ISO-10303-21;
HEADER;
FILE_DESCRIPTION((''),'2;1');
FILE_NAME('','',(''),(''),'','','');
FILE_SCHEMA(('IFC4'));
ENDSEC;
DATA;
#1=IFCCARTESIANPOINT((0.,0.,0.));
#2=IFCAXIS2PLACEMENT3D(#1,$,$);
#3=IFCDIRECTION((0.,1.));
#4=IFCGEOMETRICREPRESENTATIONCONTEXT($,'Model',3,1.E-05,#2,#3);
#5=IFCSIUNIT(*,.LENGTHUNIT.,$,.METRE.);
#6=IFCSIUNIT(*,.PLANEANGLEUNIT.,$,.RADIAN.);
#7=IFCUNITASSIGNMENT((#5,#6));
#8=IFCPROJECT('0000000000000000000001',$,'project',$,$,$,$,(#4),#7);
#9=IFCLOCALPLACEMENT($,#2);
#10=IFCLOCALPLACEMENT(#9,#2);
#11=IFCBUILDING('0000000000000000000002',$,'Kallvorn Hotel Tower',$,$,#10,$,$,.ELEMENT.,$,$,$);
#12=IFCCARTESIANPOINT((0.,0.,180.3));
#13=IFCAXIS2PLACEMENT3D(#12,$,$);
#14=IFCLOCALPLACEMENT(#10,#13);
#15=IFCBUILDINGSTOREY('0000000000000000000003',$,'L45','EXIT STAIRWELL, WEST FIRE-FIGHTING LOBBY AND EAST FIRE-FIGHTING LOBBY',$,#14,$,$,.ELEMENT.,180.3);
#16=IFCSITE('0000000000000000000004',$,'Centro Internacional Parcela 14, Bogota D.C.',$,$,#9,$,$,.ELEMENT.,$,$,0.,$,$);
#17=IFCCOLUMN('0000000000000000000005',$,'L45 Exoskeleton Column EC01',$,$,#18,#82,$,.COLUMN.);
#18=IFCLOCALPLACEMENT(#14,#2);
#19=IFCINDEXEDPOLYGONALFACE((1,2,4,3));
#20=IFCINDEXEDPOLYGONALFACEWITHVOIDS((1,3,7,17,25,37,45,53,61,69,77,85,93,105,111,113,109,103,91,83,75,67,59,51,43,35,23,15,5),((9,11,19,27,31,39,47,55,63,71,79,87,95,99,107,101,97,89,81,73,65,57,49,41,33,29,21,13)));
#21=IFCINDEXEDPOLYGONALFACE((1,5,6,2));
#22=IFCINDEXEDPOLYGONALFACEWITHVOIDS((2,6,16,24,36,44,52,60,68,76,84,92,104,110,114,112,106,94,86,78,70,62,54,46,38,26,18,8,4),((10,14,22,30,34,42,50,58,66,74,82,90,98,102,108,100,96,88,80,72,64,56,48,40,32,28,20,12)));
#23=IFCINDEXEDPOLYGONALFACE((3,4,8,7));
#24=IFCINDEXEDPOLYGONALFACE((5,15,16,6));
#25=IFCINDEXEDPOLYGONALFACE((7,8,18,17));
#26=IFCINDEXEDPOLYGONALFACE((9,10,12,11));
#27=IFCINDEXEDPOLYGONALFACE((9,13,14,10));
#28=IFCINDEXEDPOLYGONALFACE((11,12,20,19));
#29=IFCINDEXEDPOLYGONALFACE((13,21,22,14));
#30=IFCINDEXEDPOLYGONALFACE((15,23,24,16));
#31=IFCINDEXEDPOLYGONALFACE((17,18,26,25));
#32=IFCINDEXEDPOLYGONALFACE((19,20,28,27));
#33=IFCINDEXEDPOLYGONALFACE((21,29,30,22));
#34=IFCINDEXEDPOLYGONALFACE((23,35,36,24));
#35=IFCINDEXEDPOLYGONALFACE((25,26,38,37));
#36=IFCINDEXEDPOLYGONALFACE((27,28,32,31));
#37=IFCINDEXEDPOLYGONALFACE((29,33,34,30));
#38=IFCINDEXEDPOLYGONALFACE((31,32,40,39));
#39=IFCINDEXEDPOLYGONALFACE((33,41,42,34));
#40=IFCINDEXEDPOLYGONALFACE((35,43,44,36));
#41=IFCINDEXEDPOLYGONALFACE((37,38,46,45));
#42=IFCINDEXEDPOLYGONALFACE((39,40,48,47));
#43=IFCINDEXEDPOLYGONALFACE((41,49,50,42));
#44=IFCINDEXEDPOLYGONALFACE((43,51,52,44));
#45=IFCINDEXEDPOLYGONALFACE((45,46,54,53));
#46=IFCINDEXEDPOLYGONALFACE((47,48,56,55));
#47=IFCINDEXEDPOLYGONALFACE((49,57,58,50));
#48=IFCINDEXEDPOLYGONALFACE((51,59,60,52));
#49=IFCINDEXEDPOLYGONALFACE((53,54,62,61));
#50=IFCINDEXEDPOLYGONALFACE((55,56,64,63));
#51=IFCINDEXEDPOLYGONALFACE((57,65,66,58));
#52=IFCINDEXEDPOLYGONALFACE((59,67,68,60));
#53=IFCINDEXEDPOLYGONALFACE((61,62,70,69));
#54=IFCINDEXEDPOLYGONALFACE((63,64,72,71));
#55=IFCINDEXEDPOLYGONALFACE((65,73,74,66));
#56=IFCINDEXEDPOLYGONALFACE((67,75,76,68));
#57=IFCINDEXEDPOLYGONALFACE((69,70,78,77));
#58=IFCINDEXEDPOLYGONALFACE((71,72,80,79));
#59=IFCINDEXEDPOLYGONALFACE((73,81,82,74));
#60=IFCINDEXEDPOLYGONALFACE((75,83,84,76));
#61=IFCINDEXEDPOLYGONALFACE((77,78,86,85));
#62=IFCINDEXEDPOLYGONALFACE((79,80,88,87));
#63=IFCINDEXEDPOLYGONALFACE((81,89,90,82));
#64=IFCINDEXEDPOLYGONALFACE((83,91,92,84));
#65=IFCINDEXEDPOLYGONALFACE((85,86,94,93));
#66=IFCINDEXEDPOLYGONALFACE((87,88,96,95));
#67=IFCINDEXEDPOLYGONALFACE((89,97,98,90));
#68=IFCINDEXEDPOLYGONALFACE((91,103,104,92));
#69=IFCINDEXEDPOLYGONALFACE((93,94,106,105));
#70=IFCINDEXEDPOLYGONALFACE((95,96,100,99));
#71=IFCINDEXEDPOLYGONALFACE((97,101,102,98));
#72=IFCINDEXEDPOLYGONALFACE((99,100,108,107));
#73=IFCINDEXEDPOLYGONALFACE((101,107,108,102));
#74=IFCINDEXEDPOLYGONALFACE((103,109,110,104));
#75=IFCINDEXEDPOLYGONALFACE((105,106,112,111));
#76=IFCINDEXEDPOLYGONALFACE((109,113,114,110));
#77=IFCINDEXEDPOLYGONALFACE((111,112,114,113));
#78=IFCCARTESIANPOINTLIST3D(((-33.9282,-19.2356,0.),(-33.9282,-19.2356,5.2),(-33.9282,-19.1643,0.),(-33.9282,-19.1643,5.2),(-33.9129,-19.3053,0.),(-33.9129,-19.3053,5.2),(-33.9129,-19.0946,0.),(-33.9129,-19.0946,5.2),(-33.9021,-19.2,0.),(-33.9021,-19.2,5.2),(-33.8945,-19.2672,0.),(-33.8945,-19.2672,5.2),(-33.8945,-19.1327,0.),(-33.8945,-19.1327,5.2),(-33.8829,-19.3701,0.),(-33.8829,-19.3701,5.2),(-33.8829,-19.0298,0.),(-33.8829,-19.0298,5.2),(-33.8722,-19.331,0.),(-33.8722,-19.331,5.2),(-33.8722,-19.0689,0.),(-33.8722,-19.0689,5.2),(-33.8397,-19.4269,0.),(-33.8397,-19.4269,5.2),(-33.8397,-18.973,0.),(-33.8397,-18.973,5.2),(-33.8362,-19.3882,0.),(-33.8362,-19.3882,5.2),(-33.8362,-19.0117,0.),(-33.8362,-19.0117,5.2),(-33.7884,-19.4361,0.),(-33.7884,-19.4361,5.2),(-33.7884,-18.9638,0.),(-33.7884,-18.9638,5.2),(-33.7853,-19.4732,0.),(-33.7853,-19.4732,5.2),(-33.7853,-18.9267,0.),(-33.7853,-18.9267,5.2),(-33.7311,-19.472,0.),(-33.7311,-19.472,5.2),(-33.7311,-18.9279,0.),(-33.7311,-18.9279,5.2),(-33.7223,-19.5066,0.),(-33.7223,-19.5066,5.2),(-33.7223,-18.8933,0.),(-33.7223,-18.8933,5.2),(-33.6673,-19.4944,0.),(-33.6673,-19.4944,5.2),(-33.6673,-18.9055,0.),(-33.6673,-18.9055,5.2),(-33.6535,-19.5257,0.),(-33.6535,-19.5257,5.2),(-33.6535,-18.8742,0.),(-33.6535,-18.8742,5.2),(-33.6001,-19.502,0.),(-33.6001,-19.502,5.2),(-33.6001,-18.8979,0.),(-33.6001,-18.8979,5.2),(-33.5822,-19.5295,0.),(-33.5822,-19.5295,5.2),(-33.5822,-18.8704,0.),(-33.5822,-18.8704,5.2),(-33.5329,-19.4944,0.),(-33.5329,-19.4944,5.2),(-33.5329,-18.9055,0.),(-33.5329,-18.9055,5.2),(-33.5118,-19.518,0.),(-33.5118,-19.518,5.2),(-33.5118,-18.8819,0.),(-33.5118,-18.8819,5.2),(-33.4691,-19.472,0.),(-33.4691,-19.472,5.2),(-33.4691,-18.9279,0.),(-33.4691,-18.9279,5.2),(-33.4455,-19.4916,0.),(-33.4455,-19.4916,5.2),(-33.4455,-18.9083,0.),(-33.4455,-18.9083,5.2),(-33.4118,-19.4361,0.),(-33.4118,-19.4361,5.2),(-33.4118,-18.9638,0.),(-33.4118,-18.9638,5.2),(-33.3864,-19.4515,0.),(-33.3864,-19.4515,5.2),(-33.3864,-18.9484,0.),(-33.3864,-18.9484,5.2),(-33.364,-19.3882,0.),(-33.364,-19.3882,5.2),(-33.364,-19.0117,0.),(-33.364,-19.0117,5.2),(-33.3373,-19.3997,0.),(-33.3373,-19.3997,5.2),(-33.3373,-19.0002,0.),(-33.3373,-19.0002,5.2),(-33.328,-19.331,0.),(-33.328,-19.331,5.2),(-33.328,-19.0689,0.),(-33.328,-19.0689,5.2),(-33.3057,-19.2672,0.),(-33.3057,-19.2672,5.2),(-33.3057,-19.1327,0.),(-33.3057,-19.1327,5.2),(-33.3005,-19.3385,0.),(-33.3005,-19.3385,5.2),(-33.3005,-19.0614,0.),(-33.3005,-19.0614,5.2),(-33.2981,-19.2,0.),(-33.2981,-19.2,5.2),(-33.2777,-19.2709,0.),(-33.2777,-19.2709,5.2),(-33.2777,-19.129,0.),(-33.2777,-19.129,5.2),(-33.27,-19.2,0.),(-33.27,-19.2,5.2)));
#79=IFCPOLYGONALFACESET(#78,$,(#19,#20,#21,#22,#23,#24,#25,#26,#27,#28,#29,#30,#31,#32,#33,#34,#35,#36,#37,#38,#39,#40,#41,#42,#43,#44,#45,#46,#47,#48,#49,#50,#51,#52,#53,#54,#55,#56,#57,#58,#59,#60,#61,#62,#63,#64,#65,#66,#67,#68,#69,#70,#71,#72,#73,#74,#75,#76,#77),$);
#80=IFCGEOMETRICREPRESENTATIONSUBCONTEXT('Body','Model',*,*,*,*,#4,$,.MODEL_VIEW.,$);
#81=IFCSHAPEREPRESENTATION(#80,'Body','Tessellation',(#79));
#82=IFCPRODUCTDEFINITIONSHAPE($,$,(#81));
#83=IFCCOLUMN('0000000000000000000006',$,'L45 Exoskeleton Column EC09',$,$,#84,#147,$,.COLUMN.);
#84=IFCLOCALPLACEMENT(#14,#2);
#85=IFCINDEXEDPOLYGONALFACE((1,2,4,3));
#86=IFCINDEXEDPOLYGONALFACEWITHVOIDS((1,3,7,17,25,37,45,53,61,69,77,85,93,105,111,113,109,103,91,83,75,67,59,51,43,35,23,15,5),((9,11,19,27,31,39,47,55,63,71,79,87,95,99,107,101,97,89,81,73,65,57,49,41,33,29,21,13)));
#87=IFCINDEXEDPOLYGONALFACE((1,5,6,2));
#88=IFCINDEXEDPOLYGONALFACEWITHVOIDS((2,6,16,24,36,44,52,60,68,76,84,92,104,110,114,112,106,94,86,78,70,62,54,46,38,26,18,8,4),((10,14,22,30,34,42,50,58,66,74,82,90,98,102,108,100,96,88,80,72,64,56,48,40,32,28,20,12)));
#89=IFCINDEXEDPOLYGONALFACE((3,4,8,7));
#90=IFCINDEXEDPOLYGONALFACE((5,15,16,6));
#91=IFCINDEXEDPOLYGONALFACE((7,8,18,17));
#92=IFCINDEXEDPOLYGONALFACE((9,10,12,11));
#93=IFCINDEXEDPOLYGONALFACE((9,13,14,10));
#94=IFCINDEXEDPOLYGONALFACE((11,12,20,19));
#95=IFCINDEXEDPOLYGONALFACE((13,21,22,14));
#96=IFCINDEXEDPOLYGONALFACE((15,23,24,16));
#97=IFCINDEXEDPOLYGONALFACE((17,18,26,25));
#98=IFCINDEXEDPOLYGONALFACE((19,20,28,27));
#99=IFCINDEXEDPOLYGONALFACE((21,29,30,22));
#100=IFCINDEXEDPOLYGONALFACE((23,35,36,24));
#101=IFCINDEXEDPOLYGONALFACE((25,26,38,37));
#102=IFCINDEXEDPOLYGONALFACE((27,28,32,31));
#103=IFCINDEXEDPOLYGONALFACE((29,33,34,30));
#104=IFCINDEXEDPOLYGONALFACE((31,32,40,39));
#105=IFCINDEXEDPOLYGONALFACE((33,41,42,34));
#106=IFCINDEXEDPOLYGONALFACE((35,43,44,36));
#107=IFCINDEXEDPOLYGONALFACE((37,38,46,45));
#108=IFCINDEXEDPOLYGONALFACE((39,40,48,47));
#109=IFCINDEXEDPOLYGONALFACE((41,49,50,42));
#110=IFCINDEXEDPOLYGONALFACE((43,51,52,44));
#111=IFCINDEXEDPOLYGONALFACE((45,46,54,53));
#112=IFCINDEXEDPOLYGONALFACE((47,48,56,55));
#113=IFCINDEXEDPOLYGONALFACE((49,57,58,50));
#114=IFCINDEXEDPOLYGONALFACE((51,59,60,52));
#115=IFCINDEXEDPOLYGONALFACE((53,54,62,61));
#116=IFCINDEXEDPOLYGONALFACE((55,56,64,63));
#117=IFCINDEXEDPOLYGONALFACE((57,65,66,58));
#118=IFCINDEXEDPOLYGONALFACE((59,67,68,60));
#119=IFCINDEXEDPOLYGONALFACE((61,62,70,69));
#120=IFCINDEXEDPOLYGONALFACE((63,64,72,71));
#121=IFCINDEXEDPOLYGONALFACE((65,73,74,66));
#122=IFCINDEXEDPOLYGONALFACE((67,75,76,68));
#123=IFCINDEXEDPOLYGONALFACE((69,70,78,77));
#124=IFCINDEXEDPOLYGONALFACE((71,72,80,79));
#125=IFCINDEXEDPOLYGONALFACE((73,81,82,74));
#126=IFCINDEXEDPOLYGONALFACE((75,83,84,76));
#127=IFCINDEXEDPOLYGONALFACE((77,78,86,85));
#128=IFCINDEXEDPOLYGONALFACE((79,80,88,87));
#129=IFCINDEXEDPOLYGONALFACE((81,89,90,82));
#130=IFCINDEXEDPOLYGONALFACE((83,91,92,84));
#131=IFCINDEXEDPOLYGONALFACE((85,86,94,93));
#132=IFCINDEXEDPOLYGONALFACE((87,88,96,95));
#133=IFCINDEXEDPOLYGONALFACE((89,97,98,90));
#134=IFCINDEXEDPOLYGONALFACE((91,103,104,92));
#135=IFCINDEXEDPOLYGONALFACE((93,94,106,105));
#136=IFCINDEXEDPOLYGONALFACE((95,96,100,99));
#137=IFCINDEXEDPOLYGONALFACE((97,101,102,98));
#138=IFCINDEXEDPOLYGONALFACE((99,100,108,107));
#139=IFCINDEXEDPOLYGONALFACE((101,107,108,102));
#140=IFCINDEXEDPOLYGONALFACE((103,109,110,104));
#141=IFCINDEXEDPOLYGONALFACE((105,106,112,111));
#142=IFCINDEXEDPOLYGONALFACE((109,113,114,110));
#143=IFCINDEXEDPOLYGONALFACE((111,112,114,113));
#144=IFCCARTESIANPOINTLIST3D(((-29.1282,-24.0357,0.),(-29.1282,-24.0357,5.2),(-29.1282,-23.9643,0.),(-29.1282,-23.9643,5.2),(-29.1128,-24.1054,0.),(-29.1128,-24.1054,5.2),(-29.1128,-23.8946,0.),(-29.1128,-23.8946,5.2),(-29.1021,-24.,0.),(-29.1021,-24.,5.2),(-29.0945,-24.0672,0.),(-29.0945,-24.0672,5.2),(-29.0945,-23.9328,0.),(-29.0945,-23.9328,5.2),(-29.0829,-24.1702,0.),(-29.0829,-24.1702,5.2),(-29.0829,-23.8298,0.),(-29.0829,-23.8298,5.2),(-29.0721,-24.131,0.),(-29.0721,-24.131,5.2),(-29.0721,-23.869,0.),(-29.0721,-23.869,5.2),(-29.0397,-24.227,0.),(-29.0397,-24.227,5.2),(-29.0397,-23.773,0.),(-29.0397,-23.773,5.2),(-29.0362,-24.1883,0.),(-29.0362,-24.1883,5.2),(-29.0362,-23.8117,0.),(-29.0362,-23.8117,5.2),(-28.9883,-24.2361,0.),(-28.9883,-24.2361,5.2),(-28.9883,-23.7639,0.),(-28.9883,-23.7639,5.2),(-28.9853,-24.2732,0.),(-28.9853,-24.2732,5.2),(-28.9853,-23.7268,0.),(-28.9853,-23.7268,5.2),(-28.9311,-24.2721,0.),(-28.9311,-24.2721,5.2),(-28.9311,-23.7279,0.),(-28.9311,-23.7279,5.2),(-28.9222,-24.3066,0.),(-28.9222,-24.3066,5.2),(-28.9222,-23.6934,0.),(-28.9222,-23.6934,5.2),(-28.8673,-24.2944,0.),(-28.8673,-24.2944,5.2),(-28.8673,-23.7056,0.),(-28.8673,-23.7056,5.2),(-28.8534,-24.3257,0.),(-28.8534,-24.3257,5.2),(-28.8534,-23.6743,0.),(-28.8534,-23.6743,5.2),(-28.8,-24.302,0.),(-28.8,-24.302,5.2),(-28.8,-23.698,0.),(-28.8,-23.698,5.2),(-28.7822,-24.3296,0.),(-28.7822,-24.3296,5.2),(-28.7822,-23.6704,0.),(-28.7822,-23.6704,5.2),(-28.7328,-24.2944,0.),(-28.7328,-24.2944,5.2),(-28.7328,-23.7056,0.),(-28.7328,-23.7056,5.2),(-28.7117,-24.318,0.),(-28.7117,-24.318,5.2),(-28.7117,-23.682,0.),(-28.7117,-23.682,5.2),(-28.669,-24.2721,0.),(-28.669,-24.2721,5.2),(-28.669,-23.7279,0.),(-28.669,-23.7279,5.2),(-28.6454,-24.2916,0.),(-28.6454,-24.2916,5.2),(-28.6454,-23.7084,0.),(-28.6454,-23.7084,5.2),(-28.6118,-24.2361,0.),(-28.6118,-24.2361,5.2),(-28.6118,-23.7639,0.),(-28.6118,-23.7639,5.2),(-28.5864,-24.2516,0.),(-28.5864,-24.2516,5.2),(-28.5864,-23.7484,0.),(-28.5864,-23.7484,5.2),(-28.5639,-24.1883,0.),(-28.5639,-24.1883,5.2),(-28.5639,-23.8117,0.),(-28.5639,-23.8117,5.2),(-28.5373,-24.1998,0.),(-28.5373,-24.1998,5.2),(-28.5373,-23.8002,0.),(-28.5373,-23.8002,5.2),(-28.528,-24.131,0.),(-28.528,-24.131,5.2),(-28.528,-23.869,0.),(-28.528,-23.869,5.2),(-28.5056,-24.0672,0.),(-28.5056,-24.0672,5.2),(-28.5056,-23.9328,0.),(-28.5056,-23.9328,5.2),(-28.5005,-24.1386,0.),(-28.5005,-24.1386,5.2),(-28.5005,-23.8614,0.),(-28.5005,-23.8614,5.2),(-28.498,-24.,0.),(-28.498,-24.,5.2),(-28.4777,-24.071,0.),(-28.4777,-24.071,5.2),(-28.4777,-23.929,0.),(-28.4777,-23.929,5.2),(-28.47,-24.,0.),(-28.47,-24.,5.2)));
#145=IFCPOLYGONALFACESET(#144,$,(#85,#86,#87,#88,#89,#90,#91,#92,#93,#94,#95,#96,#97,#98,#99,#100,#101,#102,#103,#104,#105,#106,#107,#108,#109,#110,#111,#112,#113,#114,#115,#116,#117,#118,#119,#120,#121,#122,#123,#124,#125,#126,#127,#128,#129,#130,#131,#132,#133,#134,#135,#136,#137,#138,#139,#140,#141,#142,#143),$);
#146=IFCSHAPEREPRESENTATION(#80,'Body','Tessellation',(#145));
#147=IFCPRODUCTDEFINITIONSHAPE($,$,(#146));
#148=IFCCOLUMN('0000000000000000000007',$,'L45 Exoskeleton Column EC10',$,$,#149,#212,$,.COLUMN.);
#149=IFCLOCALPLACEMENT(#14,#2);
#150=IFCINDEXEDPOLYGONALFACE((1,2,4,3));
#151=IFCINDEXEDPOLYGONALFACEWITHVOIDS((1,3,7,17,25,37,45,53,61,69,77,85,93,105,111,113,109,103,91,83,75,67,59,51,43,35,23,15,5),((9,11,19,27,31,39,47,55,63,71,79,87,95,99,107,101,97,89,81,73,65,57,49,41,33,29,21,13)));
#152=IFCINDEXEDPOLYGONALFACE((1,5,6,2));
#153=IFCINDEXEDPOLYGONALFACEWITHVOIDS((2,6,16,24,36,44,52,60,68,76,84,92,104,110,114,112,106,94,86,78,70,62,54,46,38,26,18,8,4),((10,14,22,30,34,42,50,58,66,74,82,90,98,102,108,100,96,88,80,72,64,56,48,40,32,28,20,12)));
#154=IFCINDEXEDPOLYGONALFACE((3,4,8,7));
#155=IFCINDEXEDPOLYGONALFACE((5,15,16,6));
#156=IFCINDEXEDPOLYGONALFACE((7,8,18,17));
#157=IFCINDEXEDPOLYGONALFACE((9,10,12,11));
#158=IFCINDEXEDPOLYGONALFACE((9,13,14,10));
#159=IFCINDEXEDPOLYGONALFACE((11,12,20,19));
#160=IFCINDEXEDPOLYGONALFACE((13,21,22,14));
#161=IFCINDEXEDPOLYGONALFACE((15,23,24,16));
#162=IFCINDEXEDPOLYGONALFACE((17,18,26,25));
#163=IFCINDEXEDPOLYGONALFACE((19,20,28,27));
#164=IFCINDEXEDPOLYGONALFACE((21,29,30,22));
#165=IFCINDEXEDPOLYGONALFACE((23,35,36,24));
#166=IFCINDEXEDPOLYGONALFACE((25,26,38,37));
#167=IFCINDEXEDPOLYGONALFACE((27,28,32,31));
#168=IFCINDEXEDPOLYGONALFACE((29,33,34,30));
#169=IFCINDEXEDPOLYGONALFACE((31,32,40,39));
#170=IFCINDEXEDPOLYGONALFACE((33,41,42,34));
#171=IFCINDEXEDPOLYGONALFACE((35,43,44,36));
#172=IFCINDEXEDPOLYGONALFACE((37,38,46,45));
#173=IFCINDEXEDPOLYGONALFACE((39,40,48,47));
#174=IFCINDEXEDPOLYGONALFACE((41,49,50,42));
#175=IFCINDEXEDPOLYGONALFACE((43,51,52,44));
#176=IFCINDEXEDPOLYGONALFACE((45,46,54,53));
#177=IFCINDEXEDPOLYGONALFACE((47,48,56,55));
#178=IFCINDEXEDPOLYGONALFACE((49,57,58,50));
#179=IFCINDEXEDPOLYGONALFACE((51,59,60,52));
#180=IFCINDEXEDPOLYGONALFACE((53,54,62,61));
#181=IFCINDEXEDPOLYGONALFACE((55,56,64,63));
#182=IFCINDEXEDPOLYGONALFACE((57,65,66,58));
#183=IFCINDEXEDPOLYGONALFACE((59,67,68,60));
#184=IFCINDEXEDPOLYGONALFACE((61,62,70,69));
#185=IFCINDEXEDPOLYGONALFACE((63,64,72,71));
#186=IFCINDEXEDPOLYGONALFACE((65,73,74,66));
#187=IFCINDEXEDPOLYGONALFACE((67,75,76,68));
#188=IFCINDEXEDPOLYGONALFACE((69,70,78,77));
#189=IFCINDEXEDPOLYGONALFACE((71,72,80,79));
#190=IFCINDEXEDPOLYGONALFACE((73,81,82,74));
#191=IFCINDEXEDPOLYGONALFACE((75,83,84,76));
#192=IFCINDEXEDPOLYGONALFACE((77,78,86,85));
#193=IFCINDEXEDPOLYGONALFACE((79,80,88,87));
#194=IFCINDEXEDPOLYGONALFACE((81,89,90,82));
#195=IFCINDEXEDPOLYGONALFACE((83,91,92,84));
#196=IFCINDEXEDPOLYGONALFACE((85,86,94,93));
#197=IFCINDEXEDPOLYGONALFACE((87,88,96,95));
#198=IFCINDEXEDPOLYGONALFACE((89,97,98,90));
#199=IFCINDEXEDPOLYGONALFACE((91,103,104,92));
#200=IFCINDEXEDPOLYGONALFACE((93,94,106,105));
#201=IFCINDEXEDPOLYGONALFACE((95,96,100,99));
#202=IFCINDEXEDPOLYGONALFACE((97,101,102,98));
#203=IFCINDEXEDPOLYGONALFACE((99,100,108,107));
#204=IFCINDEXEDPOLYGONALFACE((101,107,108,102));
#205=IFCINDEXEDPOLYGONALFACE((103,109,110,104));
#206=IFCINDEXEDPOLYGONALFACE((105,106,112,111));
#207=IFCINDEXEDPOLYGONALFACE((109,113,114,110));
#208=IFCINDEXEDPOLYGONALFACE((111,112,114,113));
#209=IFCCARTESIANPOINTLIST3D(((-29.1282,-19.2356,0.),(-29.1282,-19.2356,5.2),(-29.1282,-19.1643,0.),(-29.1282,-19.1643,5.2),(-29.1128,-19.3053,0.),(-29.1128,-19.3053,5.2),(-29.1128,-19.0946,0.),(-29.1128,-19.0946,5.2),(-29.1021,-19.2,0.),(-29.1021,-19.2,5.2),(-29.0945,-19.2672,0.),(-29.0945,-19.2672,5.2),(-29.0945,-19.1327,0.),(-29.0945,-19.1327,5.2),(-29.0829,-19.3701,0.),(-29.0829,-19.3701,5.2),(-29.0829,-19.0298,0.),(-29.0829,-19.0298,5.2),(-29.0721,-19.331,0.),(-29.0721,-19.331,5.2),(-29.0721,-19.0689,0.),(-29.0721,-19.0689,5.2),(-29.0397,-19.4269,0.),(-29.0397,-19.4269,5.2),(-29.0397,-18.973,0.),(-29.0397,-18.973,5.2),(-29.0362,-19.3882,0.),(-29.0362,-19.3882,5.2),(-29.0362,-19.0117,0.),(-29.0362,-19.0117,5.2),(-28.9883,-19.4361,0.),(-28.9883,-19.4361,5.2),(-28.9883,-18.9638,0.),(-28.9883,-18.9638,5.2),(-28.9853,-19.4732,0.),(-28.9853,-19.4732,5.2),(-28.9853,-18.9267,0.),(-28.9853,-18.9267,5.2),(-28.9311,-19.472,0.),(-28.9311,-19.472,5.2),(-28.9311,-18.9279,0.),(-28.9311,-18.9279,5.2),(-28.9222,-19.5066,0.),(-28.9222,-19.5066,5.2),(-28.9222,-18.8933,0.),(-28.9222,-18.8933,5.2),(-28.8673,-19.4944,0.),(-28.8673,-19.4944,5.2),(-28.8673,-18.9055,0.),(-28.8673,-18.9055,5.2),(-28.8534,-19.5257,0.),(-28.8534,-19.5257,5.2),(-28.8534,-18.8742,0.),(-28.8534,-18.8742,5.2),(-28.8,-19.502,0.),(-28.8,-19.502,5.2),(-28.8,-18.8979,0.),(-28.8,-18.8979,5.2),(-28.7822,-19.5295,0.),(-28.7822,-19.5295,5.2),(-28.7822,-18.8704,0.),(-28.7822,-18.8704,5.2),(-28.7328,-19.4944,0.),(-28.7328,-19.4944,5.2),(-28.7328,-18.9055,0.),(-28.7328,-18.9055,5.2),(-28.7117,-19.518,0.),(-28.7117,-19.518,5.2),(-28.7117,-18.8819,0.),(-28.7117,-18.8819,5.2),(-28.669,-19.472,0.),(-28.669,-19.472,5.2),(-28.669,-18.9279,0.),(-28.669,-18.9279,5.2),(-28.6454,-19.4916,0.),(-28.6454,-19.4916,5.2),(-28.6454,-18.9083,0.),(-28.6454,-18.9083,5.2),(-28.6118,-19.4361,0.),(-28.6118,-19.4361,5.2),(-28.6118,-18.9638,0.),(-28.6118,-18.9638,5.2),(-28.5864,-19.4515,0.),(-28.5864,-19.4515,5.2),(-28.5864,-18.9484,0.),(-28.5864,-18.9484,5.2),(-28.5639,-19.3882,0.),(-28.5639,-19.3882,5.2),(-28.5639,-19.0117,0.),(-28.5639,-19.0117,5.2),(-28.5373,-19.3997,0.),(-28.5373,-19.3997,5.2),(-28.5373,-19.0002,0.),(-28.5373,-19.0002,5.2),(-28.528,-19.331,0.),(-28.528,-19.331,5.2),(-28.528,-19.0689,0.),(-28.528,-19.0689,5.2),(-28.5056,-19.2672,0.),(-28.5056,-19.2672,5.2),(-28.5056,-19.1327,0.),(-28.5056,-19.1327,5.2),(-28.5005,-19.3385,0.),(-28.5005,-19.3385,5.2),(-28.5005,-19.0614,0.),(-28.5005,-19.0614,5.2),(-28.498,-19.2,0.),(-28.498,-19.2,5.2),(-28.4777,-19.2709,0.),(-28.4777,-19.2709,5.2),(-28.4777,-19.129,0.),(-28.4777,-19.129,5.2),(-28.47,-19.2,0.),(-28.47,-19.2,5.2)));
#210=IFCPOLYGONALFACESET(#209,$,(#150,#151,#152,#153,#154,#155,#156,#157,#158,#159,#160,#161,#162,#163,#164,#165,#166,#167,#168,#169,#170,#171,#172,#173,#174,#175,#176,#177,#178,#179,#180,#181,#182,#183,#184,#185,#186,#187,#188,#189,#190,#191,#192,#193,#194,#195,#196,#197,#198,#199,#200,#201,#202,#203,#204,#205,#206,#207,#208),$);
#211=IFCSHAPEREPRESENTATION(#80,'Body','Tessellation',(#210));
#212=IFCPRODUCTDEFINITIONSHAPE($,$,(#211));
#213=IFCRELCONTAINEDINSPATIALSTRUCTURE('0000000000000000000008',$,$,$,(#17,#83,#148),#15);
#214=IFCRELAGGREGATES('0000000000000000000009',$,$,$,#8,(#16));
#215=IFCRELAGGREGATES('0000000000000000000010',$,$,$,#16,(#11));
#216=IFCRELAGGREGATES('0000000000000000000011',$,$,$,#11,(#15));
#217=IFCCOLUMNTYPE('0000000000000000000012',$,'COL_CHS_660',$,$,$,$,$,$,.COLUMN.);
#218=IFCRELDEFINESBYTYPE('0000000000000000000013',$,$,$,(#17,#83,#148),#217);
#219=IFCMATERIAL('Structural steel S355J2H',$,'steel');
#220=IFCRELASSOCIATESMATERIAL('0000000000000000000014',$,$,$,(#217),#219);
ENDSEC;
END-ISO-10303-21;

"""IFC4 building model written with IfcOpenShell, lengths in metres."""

from ifc_helpers import new_model, si_unit, direction, frame, origin, origin_2d, place, context, subcontext, project, spatial, hollow_circle, extrude, material, material_profile, profile_set, type_object, element, save


model = new_model("IFC4")

# Units and contexts
model_context = context("Model", 3, precision=1e-05, world=origin(), true_north=direction((0.0, 1.0)))
body_context = subcontext(model_context, "Body", "Model", "MODEL_VIEW")
ifc_project = project(units=[si_unit("LENGTHUNIT", "METRE"), si_unit("PLANEANGLEUNIT", "RADIAN")], contexts=[model_context])

# Site, building, storey
site_placement = place(None, origin())
site = spatial("IfcSite", under=ifc_project, at=site_placement, Name="Centro Internacional Parcela 14, Bogota D.C.", CompositionType="ELEMENT", RefElevation=0.0)
building_placement = place(site_placement, origin())
building = spatial("IfcBuilding", under=site, at=building_placement, Name="Kallvorn Hotel Tower", CompositionType="ELEMENT")
storey_placement = place(building_placement, frame((0.0, 0.0, 180.3)))
storey = spatial("IfcBuildingStorey", under=building, at=storey_placement, Name="L45", Description="EXIT STAIRWELL, WEST FIRE-FIGHTING LOBBY AND EAST FIRE-FIGHTING LOBBY", CompositionType="ELEMENT", Elevation=180.3)

# Columns
ifc_material_1 = material(Name="Structural steel S355J2H", Category="steel")
ifc_material_profile_1 = material_profile(ifc_material_1, hollow_circle(Radius=0.3301, WallThickness=0.0281, at=origin_2d()), Name="CHS 660x28")
ifc_profile_set_1 = profile_set([ifc_material_profile_1], Name="Structural steel S355J2H")
column_type = type_object("IfcColumnType", Name="COL_CHS_660", PredefinedType="COLUMN", material=ifc_profile_set_1)
for number, where, z_axis, x_axis, name in (
    (1, (-33.6001, -19.2, 0.0), (0.0, 0.0, 1.0), (1.0, 0.0, 0.0), "L45 Exoskeleton Column EC01"),
    (2, (-28.8, -24.0, 0.0), (0.0, 0.0, 1.0), (1.0, 0.0, 0.0), "L45 Exoskeleton Column EC09"),
    (3, (-28.8, -19.2, 0.0), (0.0, 0.0, 1.0), (1.0, 0.0, 0.0), "L45 Exoskeleton Column EC10"),
):
    element("IfcColumn", number, at=place(storey_placement, frame(where, z_axis=z_axis, x_axis=x_axis)), inside=storey, type_object=column_type, Name=name, PredefinedType="COLUMN", context=body_context, shape_type="SweptSolid", body=[
        extrude(hollow_circle(Radius=0.3301, WallThickness=0.0281, at=origin_2d()), origin(), (0.0, 0.0, 1.0), 5.2),
    ])

save(model, "model.ifc")
